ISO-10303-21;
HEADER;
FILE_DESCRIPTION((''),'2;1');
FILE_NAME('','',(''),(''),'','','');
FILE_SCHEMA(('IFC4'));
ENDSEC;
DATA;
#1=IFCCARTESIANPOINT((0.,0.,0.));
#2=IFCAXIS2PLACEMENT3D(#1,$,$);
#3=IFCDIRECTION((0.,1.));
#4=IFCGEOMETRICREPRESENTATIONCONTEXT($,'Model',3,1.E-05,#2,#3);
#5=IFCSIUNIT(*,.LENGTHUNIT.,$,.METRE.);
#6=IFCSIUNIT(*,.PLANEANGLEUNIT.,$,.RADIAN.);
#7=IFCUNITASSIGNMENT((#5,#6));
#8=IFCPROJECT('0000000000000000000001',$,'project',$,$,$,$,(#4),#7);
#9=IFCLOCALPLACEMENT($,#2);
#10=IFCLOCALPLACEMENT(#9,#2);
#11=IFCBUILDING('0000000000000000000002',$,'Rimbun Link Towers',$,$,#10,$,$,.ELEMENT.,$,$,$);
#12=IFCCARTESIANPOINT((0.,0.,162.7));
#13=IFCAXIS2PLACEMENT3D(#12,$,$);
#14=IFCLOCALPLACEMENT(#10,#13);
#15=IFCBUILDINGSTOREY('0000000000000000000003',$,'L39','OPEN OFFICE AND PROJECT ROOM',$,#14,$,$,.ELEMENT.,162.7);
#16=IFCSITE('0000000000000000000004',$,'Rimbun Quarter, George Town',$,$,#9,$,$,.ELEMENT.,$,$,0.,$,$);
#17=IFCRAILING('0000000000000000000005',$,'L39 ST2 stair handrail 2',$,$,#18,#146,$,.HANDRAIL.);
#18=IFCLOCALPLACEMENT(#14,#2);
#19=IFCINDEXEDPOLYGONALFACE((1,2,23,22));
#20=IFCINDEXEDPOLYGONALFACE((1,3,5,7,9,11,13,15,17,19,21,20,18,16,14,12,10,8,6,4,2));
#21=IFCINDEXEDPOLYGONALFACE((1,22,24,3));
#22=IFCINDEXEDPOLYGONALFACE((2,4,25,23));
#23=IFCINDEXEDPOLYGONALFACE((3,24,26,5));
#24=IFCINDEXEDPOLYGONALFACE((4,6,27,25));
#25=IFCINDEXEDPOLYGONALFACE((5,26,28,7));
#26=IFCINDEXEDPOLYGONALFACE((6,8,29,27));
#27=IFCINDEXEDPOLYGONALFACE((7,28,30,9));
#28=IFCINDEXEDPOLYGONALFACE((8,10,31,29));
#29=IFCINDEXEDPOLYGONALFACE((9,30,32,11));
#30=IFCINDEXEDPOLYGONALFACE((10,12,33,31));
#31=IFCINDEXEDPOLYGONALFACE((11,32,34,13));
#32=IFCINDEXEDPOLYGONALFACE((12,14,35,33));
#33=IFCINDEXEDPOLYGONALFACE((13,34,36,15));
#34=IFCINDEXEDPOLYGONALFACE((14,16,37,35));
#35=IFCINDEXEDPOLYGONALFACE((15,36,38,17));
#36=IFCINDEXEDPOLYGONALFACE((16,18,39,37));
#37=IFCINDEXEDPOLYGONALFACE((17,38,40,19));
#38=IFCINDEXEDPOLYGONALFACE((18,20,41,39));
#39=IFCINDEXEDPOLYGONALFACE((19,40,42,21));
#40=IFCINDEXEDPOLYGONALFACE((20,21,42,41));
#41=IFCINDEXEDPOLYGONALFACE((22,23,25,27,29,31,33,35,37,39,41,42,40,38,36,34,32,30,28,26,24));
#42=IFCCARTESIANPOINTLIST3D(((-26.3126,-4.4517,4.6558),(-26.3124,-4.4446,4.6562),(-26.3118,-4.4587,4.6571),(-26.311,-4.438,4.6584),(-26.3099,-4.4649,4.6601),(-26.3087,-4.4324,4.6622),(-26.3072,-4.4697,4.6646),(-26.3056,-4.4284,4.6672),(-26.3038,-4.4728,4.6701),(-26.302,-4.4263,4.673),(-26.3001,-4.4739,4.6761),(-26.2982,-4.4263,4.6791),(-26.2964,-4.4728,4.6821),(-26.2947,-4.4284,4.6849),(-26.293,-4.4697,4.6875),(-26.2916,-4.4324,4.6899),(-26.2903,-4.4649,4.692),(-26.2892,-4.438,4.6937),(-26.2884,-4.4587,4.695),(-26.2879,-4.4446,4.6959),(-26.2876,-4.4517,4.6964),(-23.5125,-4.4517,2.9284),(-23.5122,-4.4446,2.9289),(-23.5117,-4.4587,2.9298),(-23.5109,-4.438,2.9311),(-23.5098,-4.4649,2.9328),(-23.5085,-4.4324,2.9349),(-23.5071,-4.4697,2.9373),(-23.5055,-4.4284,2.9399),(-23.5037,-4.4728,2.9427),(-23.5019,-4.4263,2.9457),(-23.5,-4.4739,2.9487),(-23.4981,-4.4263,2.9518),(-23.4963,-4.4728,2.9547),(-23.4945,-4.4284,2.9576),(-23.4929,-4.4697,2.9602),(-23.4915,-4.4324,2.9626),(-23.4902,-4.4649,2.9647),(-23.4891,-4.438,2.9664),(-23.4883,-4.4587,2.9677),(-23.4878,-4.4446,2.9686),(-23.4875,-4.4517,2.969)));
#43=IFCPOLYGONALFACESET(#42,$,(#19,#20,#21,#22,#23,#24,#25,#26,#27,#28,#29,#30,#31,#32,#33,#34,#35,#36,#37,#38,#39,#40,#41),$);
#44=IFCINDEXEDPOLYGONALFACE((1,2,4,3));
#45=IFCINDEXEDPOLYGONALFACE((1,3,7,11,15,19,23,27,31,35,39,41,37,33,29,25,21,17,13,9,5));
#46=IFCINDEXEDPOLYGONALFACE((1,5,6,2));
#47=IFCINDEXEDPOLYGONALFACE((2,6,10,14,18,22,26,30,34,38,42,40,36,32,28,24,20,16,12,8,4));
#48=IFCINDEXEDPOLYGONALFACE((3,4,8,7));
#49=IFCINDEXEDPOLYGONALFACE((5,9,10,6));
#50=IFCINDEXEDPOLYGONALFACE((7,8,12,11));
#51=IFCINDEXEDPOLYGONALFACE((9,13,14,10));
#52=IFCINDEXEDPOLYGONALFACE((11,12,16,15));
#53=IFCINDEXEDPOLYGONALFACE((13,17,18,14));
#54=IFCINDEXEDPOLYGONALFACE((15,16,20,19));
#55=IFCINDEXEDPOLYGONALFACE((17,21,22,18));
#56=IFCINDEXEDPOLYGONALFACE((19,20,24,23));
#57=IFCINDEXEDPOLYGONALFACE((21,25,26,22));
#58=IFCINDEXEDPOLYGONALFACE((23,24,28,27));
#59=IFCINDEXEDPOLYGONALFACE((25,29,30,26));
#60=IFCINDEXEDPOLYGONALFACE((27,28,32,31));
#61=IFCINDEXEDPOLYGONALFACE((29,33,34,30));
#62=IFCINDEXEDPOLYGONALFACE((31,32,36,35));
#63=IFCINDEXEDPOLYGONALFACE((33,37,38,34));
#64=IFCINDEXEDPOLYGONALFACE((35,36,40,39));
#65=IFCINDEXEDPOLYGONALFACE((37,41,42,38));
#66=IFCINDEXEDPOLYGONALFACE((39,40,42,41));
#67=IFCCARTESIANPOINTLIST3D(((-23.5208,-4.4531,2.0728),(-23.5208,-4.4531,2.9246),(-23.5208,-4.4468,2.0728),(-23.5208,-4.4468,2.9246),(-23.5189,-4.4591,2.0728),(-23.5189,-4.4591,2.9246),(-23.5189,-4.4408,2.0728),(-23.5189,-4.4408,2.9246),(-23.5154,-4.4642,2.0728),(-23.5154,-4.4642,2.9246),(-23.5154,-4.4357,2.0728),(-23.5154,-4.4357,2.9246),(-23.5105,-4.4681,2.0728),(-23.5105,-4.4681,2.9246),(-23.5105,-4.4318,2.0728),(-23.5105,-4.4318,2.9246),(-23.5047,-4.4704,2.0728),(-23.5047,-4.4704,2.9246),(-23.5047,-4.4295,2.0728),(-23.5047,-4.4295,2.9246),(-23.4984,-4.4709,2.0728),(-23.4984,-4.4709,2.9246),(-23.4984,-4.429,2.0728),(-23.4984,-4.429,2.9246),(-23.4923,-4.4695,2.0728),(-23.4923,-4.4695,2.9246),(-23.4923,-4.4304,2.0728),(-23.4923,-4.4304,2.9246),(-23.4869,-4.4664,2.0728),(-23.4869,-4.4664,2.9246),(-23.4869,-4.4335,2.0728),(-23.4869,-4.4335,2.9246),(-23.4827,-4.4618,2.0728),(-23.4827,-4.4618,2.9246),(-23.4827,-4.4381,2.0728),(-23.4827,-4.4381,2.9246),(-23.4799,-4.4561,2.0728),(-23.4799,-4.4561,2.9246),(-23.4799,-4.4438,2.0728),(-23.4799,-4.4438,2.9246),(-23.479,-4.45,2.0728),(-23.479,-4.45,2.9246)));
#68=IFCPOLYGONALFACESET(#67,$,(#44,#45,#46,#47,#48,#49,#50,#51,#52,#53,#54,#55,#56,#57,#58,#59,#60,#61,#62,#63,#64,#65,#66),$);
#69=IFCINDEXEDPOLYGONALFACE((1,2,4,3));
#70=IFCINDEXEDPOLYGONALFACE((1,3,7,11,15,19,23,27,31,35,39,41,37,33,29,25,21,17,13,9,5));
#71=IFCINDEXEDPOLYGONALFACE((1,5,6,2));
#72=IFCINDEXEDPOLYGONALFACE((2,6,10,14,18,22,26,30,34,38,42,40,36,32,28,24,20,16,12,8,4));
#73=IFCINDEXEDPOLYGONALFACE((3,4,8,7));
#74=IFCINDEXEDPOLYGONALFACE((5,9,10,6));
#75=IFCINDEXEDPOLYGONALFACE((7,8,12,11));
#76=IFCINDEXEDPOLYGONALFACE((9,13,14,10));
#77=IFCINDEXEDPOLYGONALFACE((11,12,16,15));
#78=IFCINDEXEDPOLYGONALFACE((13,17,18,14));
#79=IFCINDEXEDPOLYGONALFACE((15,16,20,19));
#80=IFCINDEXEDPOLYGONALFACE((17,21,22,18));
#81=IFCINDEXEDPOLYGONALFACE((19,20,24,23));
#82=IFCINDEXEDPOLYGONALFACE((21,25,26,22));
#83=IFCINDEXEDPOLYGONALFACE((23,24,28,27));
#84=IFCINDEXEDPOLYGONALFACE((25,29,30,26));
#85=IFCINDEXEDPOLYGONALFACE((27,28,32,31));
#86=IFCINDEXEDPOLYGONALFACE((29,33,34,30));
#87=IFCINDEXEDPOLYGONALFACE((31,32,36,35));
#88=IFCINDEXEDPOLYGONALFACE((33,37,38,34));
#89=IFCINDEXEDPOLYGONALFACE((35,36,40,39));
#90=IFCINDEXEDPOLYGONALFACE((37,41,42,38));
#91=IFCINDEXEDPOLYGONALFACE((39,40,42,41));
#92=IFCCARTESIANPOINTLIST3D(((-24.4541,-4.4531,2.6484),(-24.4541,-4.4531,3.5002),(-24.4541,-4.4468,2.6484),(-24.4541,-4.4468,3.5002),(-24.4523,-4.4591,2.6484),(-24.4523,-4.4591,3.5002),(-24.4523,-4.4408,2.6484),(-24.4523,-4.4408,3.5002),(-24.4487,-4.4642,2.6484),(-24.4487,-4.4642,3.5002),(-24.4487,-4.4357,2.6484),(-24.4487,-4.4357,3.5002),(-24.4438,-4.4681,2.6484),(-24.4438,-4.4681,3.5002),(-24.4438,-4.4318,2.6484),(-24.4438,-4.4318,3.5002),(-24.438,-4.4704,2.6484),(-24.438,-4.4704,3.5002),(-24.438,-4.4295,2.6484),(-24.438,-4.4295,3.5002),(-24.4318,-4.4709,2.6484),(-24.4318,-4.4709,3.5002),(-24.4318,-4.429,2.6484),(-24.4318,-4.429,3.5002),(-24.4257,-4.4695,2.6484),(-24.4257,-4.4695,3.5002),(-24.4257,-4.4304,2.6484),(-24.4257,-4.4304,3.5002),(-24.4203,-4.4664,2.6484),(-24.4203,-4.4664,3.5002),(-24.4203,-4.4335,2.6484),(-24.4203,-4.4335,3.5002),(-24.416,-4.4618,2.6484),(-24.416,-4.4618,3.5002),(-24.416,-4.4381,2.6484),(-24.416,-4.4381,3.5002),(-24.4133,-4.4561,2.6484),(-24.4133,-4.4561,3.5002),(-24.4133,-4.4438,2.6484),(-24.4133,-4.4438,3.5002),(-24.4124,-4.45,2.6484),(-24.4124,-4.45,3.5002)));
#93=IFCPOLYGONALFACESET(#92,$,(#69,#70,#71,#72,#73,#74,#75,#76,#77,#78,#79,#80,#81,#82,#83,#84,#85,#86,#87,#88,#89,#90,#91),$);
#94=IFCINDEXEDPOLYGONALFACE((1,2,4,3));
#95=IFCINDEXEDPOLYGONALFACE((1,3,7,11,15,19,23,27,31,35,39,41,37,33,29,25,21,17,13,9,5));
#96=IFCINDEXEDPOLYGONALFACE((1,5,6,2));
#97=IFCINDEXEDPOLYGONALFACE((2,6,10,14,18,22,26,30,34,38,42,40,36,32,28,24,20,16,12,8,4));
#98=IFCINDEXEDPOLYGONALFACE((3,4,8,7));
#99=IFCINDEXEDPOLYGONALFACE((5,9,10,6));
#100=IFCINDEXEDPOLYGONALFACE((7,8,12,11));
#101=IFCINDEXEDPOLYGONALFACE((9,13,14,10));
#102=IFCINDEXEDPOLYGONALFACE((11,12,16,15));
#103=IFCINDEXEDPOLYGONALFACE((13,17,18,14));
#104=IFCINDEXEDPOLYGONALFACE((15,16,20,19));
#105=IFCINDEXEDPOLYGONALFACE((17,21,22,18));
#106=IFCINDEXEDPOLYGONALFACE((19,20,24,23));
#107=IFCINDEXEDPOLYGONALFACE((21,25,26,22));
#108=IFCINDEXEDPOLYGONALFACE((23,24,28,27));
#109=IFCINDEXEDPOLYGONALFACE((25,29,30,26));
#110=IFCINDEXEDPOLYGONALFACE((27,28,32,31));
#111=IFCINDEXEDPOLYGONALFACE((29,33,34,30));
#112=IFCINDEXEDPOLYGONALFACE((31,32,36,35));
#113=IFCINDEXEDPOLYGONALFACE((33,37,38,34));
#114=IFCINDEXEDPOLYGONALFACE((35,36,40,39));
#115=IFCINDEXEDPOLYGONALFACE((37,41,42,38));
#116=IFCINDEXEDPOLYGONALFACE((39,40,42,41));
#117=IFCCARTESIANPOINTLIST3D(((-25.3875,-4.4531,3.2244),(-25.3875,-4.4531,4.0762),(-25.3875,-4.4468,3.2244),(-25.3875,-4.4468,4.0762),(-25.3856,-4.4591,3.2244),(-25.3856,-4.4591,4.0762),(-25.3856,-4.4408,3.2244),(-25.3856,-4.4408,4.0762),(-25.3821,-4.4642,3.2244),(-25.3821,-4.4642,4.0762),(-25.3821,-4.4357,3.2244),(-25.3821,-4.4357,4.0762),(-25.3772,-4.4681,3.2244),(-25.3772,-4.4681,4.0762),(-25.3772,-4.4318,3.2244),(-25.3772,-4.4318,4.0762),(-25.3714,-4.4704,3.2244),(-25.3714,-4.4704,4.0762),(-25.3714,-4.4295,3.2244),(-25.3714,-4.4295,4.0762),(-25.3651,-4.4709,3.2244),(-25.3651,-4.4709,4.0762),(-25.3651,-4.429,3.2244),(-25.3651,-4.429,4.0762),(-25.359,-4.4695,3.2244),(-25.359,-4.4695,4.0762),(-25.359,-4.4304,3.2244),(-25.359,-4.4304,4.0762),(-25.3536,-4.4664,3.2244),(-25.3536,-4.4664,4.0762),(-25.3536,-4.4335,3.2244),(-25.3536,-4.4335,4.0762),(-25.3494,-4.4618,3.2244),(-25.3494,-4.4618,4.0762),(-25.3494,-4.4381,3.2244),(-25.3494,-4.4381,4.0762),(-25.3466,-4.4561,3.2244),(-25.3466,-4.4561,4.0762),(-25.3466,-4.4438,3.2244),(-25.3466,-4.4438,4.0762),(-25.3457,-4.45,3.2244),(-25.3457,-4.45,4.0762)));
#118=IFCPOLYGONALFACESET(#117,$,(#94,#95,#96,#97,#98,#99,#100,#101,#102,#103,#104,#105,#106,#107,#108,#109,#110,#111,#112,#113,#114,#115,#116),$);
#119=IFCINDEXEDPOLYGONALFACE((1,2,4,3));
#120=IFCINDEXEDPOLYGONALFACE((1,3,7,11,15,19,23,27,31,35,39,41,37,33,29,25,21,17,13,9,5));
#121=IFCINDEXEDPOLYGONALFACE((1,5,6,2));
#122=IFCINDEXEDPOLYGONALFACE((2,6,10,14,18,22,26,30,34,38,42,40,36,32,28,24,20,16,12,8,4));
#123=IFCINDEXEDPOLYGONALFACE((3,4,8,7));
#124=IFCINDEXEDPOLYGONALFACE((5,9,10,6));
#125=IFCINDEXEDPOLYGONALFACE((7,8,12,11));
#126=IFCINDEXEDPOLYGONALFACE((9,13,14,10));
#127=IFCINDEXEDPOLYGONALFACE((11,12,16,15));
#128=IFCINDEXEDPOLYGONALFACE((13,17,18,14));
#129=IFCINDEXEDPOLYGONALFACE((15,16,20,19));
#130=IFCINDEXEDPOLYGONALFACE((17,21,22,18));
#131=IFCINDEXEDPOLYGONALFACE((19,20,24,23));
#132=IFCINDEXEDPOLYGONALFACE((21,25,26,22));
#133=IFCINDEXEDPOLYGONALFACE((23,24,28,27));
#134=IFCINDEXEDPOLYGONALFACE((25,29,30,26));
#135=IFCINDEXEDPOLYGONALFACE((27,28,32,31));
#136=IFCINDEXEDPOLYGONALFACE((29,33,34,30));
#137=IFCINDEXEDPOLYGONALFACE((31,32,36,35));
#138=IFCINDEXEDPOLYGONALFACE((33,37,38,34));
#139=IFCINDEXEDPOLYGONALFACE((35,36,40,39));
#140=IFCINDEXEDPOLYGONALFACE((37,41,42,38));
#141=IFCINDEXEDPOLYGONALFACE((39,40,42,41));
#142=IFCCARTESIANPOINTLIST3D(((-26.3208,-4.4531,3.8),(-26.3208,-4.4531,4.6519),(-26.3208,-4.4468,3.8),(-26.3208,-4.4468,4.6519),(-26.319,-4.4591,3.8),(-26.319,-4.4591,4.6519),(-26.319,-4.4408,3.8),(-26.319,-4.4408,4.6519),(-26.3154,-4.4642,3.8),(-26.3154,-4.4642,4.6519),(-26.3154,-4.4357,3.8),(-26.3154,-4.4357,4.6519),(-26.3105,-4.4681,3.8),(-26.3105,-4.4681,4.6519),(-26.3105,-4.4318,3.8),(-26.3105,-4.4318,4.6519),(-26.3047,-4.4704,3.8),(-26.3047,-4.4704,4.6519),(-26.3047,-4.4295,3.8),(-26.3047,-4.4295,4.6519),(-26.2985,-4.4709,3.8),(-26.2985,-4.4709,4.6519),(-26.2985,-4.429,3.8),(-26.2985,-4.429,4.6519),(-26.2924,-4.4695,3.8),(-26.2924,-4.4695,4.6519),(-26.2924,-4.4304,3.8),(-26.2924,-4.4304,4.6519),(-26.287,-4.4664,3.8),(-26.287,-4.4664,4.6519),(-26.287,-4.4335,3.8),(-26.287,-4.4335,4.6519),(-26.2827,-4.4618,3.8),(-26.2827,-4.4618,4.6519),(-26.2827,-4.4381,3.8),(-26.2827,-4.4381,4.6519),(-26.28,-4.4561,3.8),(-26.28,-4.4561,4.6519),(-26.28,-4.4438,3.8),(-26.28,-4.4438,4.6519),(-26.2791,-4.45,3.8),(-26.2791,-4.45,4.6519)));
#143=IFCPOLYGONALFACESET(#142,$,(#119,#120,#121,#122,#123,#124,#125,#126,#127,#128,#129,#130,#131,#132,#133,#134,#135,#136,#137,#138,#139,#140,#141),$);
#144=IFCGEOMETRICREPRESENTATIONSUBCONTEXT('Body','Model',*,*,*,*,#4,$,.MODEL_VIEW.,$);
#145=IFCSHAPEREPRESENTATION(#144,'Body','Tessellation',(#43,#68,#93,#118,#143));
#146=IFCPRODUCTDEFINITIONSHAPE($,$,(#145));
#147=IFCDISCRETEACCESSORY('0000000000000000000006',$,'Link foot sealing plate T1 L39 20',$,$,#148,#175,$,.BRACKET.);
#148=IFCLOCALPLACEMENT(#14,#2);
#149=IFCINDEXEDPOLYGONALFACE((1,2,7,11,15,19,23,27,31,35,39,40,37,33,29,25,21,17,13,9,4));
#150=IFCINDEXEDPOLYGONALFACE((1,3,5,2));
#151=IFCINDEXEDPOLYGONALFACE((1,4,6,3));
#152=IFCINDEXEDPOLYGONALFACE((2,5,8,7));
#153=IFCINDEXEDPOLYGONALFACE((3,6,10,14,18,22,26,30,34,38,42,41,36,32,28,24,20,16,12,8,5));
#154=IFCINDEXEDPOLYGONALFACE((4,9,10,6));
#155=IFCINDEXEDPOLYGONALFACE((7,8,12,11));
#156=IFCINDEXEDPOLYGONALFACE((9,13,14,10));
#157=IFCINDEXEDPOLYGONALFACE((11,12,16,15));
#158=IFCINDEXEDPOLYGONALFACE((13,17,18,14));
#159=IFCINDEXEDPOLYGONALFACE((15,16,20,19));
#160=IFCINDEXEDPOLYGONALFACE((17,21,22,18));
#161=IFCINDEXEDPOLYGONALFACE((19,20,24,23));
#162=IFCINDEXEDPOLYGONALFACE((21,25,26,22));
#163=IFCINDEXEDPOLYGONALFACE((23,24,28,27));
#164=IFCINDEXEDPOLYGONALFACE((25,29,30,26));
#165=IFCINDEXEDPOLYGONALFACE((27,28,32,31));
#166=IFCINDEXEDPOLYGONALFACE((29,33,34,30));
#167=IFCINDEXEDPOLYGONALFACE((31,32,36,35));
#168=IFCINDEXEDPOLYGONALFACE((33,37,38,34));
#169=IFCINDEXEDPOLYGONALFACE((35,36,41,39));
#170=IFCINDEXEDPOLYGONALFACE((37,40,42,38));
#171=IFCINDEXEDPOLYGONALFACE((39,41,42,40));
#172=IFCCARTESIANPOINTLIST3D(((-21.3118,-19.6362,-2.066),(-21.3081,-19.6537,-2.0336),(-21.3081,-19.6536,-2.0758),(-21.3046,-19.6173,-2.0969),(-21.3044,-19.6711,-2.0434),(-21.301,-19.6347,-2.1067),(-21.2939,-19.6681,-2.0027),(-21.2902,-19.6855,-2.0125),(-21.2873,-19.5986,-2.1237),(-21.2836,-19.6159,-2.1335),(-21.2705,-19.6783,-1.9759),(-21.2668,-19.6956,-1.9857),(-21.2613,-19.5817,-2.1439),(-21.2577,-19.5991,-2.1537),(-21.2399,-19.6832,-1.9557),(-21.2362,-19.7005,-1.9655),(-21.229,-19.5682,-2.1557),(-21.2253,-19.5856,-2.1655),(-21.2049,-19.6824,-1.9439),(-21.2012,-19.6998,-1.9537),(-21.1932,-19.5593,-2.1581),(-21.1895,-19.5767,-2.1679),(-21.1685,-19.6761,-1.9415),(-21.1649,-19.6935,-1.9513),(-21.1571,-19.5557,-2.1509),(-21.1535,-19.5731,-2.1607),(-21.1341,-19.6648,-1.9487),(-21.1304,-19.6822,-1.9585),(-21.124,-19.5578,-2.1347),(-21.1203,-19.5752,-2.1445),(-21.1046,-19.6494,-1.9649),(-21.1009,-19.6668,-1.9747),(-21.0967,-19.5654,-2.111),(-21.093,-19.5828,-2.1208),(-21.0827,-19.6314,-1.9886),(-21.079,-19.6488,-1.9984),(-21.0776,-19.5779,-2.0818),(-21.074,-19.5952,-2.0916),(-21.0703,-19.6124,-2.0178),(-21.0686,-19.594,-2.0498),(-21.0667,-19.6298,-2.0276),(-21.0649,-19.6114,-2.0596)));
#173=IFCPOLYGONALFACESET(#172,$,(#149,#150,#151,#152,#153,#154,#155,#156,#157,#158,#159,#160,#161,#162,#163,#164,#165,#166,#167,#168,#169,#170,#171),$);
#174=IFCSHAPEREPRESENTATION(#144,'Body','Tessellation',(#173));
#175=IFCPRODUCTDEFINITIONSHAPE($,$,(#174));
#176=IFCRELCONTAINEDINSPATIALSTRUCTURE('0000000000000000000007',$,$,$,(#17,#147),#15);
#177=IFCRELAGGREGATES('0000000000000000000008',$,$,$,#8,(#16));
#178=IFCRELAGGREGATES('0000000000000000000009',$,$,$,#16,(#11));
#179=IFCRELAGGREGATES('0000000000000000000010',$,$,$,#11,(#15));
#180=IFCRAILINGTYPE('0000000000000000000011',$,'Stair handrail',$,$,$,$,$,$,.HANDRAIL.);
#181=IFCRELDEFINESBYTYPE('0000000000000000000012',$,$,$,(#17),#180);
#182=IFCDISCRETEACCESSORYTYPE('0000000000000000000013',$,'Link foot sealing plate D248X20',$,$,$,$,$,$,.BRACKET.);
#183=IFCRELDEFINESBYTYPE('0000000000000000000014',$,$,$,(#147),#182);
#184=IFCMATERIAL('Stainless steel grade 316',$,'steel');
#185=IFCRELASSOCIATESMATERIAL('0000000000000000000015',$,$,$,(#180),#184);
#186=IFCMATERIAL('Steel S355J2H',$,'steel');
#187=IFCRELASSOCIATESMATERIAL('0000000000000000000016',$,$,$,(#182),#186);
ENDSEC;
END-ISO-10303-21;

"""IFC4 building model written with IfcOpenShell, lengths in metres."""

from ifc_helpers import new_model, si_unit, direction, frame, origin, origin_2d, place, context, subcontext, project, spatial, circle, extrude, material, material_profile, profile_set, type_object, element, save


model = new_model("IFC4")

# Units and contexts
model_context = context("Model", 3, precision=1e-05, world=origin(), true_north=direction((0.0, 1.0)))
body_context = subcontext(model_context, "Body", "Model", "MODEL_VIEW")
ifc_project = project(units=[si_unit("LENGTHUNIT", "METRE"), si_unit("PLANEANGLEUNIT", "RADIAN")], contexts=[model_context])

# Site, building, storey
site_placement = place(None, origin())
site = spatial("IfcSite", under=ifc_project, at=site_placement, Name="Rimbun Quarter, George Town", CompositionType="ELEMENT", RefElevation=0.0)
building_placement = place(site_placement, origin())
building = spatial("IfcBuilding", under=site, at=building_placement, Name="Rimbun Link Towers", CompositionType="ELEMENT")
storey_placement = place(building_placement, frame((0.0, 0.0, 162.7)))
storey = spatial("IfcBuildingStorey", under=building, at=storey_placement, Name="L39", Description="OPEN OFFICE AND PROJECT ROOM", CompositionType="ELEMENT", Elevation=162.7)

# Railing
ifc_material_1 = material(Name="Stainless steel grade 316", Category="steel")
railing_type_1 = type_object("IfcRailingType", Name="Stair handrail", PredefinedType="HANDRAIL", material=ifc_material_1)
railing_1_placement = place(storey_placement, frame((-23.5, -4.45, 2.0728)))
element("IfcRailing", 1, at=railing_1_placement, inside=storey, type_object=railing_type_1, Name="L39 ST2 stair handrail 2", PredefinedType="HANDRAIL", context=body_context, shape_type="SweptSolid", body=[
    extrude(circle(Radius=0.0239, at=origin_2d()), frame((0.0, 0.0, 0.876), z_axis=(-0.85109, 0.0, 0.52502), x_axis=(0.0, -1.0, 0.0)), (0.0, 0.0, 1.0), 3.29),
    extrude(circle(Radius=0.021, at=origin_2d()), origin(), (0.0, 0.0, 1.0), 0.8518),
    extrude(circle(Radius=0.021, at=origin_2d()), frame((-0.9333, 0.0, 0.5757)), (0.0, 0.0, 1.0), 0.8518),
    extrude(circle(Radius=0.021, at=origin_2d()), frame((-1.8667, 0.0, 1.1516)), (0.0, 0.0, 1.0), 0.8518),
    extrude(circle(Radius=0.021, at=origin_2d()), frame((-2.8, 0.0, 1.7273)), (0.0, 0.0, 1.0), 0.8518),
])

# Discrete accessory
ifc_material_2 = material(Name="Steel S355J2H", Category="steel")
ifc_material_profile_1 = material_profile(ifc_material_2, circle(Radius=0.124, at=origin_2d()), Name="PL D248")
ifc_profile_set_1 = profile_set([ifc_material_profile_1], Name="Steel S355J2H")
discrete_accessory_type = type_object("IfcDiscreteAccessoryType", Name="Link foot sealing plate D248X20", PredefinedType="BRACKET", material=ifc_profile_set_1)
discrete_accessory_placement = place(storey_placement, frame((-21.1899, -19.6196, -2.0498), z_axis=(0.181025, -0.856853, -0.482734), x_axis=(0.978403, 0.206705, 0.0)))
element("IfcDiscreteAccessory", 2, at=discrete_accessory_placement, inside=storey, type_object=discrete_accessory_type, Name="Link foot sealing plate T1 L39 20", PredefinedType="BRACKET", context=body_context, shape_type="SweptSolid", body=[
    extrude(circle(Radius=0.124, at=origin_2d()), origin(), (0.0, 0.0, 1.0), 0.0203),
])

save(model, "model.ifc")
